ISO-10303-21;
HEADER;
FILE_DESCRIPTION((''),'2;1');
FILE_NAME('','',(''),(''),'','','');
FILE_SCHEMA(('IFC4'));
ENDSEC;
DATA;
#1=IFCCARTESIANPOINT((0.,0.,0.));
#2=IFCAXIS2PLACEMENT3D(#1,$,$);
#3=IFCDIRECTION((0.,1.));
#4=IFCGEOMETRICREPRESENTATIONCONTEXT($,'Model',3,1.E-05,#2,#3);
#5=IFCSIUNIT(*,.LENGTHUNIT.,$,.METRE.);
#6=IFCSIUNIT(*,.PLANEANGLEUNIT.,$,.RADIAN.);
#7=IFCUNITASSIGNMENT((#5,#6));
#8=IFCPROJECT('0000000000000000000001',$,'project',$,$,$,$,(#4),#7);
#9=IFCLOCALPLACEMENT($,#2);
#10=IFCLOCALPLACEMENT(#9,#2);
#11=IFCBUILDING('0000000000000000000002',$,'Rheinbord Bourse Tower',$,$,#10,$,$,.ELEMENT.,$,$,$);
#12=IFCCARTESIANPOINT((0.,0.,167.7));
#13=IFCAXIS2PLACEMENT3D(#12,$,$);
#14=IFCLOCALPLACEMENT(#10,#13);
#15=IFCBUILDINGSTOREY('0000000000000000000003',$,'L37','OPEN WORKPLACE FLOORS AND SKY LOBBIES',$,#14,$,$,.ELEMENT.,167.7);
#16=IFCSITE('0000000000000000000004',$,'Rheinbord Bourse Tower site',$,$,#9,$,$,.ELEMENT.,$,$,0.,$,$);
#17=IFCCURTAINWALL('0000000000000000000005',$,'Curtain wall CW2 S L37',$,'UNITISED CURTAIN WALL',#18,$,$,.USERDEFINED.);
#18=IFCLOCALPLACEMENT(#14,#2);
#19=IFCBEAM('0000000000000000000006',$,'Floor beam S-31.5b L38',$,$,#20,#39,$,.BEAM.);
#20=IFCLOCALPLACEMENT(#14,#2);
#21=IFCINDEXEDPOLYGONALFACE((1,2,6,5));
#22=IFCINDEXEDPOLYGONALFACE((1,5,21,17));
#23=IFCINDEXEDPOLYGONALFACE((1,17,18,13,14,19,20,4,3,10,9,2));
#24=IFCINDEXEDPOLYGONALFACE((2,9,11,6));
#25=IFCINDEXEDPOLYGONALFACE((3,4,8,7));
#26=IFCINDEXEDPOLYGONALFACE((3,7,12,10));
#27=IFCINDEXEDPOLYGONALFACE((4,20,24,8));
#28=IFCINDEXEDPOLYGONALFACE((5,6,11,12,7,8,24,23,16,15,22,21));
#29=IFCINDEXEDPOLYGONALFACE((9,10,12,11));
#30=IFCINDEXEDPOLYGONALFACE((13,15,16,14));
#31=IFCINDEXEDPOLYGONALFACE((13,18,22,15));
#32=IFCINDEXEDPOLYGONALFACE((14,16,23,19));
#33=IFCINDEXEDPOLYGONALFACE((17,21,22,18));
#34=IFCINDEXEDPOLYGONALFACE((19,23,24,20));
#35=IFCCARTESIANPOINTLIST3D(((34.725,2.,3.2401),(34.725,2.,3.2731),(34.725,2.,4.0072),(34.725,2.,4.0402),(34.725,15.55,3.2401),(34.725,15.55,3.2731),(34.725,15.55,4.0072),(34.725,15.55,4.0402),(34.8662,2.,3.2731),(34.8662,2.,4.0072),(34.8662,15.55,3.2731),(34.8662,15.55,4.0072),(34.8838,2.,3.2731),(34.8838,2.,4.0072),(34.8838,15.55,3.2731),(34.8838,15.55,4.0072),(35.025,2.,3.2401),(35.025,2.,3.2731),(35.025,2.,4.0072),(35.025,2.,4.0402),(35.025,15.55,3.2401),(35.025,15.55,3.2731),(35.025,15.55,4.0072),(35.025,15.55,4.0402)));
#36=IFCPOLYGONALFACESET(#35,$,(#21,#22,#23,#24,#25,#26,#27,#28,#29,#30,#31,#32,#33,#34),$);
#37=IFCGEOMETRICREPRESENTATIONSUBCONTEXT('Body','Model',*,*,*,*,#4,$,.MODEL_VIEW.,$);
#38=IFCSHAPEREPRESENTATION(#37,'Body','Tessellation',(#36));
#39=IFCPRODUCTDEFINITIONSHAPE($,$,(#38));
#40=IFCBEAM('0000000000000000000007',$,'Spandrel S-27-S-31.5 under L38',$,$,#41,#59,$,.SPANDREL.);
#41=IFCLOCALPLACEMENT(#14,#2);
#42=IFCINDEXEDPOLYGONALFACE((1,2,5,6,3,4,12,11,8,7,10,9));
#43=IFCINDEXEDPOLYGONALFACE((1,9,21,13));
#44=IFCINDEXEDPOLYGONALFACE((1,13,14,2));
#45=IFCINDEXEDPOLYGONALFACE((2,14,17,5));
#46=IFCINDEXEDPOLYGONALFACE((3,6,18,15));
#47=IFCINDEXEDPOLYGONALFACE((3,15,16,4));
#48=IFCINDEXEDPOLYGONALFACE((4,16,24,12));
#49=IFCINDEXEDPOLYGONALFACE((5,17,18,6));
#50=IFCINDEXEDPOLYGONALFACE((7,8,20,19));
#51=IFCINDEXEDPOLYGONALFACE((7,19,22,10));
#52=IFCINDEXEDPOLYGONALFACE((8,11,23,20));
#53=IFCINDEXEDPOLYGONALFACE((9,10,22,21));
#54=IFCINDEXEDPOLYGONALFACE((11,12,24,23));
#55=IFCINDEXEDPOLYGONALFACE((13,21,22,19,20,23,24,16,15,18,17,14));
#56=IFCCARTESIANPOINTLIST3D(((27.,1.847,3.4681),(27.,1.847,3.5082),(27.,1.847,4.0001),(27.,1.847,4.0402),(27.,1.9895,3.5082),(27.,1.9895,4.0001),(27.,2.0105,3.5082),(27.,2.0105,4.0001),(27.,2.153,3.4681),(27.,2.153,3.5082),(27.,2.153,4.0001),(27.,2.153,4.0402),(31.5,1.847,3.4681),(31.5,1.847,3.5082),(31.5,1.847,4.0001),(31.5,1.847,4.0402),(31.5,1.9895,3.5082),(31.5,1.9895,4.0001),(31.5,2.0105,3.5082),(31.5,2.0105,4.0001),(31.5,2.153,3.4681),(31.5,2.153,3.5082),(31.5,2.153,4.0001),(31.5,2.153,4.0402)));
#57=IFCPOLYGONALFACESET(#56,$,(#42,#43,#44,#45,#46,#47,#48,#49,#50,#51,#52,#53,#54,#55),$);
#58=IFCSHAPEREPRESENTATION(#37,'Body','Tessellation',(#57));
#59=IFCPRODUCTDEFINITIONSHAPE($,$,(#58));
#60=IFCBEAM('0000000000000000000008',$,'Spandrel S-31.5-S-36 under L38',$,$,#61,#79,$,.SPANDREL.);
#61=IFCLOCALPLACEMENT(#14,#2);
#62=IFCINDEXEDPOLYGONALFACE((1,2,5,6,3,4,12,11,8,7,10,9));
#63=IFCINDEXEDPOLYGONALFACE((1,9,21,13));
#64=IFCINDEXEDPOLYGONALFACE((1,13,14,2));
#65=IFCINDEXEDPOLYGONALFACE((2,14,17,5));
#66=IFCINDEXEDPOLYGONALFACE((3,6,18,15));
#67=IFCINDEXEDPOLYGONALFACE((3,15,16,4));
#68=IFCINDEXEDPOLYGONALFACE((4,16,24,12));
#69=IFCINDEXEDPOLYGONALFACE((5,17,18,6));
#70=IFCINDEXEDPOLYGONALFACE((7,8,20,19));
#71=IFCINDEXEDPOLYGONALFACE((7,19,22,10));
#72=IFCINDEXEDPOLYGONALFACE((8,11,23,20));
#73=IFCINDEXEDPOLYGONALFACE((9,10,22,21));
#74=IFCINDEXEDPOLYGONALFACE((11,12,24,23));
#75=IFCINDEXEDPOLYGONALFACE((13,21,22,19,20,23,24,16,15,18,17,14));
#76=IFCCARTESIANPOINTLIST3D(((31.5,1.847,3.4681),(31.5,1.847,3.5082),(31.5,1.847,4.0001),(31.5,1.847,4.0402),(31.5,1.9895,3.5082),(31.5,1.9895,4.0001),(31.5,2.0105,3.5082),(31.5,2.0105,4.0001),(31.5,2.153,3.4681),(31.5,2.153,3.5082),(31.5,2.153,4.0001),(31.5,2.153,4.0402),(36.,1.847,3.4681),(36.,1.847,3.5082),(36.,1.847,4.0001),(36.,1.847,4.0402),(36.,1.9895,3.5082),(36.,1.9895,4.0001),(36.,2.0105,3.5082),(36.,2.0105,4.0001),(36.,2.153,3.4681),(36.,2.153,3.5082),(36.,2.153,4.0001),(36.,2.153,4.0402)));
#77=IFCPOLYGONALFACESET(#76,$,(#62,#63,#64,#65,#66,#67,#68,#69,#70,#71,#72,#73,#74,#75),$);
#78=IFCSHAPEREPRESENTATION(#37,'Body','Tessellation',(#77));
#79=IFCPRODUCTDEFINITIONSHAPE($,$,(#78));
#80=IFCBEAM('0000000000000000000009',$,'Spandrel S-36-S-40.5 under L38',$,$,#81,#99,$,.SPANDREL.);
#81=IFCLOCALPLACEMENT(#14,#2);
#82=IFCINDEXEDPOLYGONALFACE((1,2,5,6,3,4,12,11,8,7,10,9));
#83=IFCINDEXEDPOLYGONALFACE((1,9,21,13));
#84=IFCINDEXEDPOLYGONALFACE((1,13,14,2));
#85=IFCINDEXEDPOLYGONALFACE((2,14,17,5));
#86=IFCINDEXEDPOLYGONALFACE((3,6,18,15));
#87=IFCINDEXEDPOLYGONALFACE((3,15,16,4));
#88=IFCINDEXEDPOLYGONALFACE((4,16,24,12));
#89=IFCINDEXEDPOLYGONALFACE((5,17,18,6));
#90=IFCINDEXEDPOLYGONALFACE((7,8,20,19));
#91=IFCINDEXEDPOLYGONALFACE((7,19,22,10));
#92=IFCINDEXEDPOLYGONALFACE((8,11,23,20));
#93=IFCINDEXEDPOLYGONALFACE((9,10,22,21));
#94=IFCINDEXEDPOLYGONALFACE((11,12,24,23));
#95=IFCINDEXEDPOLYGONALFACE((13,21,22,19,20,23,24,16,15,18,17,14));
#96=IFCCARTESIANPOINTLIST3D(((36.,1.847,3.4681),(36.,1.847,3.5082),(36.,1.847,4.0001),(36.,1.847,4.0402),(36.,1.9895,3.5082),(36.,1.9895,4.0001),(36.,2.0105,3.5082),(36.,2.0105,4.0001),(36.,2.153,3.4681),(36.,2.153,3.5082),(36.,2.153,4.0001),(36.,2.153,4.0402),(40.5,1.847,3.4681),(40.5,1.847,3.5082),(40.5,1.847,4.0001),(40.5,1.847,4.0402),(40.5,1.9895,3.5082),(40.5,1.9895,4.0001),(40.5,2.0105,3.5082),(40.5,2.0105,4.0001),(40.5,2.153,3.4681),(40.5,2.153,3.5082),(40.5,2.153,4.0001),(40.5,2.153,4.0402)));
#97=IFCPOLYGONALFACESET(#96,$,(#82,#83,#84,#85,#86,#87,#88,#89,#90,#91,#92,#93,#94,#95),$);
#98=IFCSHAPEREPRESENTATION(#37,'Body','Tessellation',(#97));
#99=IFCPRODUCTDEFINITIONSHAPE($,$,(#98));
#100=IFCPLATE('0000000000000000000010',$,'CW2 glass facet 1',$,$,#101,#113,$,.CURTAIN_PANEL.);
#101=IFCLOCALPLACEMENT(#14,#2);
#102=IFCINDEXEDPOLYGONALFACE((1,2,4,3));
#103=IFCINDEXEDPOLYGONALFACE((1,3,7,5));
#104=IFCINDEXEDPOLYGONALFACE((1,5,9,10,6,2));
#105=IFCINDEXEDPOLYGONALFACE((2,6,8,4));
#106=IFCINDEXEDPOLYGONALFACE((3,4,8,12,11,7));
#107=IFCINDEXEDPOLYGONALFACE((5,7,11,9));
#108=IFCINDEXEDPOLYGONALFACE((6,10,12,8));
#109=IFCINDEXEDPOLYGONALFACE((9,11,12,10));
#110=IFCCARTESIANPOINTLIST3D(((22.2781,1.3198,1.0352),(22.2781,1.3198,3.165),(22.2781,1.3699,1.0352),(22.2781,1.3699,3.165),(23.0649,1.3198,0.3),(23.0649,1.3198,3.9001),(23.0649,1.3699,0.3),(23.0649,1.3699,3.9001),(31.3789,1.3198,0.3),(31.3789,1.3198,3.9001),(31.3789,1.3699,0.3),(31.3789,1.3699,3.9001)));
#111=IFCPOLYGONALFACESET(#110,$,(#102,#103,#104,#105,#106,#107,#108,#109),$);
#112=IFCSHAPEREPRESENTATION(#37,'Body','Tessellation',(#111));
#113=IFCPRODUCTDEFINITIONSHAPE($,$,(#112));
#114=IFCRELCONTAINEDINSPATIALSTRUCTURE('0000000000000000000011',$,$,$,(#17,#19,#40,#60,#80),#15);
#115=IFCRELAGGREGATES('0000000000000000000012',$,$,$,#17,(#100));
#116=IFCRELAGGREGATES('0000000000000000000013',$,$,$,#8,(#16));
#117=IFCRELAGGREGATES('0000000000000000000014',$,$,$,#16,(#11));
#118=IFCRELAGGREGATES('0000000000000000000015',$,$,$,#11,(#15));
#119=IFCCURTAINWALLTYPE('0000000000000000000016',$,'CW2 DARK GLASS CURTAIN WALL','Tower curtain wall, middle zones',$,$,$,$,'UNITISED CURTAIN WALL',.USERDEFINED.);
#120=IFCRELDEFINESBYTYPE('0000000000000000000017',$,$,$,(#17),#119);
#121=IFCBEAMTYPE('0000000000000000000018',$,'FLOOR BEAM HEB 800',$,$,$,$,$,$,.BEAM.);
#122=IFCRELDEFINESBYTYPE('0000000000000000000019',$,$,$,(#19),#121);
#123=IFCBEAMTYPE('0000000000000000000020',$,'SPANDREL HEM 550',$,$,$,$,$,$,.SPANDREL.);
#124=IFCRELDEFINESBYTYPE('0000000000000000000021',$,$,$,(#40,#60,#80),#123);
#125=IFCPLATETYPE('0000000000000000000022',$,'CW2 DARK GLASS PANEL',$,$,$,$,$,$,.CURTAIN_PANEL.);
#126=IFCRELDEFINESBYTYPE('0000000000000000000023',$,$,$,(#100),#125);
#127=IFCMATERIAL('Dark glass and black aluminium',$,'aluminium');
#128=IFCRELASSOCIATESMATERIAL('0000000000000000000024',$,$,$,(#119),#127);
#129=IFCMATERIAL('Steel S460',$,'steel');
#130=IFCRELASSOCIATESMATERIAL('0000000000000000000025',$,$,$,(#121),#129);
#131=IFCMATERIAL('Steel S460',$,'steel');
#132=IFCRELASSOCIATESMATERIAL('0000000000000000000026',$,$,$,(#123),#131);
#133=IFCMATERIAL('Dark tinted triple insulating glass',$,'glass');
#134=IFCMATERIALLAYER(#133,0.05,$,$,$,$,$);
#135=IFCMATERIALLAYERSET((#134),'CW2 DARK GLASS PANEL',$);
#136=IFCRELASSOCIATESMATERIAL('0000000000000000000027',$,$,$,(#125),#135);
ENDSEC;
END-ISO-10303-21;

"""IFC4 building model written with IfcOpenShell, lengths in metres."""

from ifc_helpers import new_model, si_unit, direction, frame, origin, origin_2d, place, context, subcontext, project, spatial, polyline, i_section, outline, extrude, material, layer, layer_set, material_profile, profile_set, type_object, element, aggregate, save


model = new_model("IFC4")

# Units and contexts
model_context = context("Model", 3, precision=1e-05, world=origin(), true_north=direction((0.0, 1.0)))
body_context = subcontext(model_context, "Body", "Model", "MODEL_VIEW")
ifc_project = project(units=[si_unit("LENGTHUNIT", "METRE"), si_unit("PLANEANGLEUNIT", "RADIAN")], contexts=[model_context])

# Site, building, storey
site_placement = place(None, origin())
site = spatial("IfcSite", under=ifc_project, at=site_placement, Name="Rheinbord Bourse Tower site", CompositionType="ELEMENT", RefElevation=0.0)
building_placement = place(site_placement, origin())
building = spatial("IfcBuilding", under=site, at=building_placement, Name="Rheinbord Bourse Tower", CompositionType="ELEMENT")
storey_placement = place(building_placement, frame((0.0, 0.0, 167.7)))
storey = spatial("IfcBuildingStorey", under=building, at=storey_placement, Name="L37", Description="OPEN WORKPLACE FLOORS AND SKY LOBBIES", CompositionType="ELEMENT", Elevation=167.7)

# Curtain wall
ifc_material_1 = material(Name="Dark glass and black aluminium", Category="aluminium")
curtain_wall_type = type_object("IfcCurtainWallType", Name="CW2 DARK GLASS CURTAIN WALL", Description="Tower curtain wall, middle zones", ElementType="UNITISED CURTAIN WALL", PredefinedType="USERDEFINED", material=ifc_material_1)
curtain_wall_placement = place(storey_placement, origin())
curtain_wall = element("IfcCurtainWall", 1, at=curtain_wall_placement, inside=storey, type_object=curtain_wall_type, Name="Curtain wall CW2 S L37", ObjectType="UNITISED CURTAIN WALL", PredefinedType="USERDEFINED")

# Beams
ifc_material_2 = material(Name="Steel S460", Category="steel")
ifc_material_profile_1 = material_profile(ifc_material_2, i_section(OverallWidth=0.3, OverallDepth=0.8, WebThickness=0.0176, FlangeThickness=0.033, at=origin_2d()), Name="HEB 800")
ifc_profile_set_1 = profile_set([ifc_material_profile_1], Name="Steel S460")
beam_type_1 = type_object("IfcBeamType", Name="FLOOR BEAM HEB 800", PredefinedType="BEAM", material=ifc_profile_set_1)
for number, where, z_axis, x_axis, name in (
    (2, (34.875, 2.0, 3.6401), (0.0, 1.0, 0.0), (-1.0, 0.0, 0.0), "Floor beam S-31.5b L38"),
):
    element("IfcBeam", number, at=place(storey_placement, frame(where, z_axis=z_axis, x_axis=x_axis)), inside=storey, type_object=beam_type_1, Name=name, PredefinedType="BEAM", context=body_context, shape_type="SweptSolid", body=[
        extrude(i_section(OverallWidth=0.3, OverallDepth=0.8, WebThickness=0.0176, FlangeThickness=0.033, at=origin_2d()), origin(), (0.0, 0.0, 1.0), 13.55),
    ])
ifc_material_3 = material(Name="Steel S460", Category="steel")
ifc_material_profile_2 = material_profile(ifc_material_3, i_section(OverallWidth=0.3059, OverallDepth=0.572, WebThickness=0.021, FlangeThickness=0.04, at=origin_2d()), Name="HEM 550")
ifc_profile_set_2 = profile_set([ifc_material_profile_2], Name="Steel S460")
beam_type_2 = type_object("IfcBeamType", Name="SPANDREL HEM 550", PredefinedType="SPANDREL", material=ifc_profile_set_2)
for number, where, z_axis, x_axis, name in (
    (3, (27.0, 2.0, 3.7542), (1.0, 0.0, 0.0), (0.0, 1.0, 0.0), "Spandrel S-27-S-31.5 under L38"),
    (4, (31.5, 2.0, 3.7542), (1.0, 0.0, 0.0), (0.0, 1.0, 0.0), "Spandrel S-31.5-S-36 under L38"),
    (5, (36.0, 2.0, 3.7542), (1.0, 0.0, 0.0), (0.0, 1.0, 0.0), "Spandrel S-36-S-40.5 under L38"),
):
    element("IfcBeam", number, at=place(storey_placement, frame(where, z_axis=z_axis, x_axis=x_axis)), inside=storey, type_object=beam_type_2, Name=name, PredefinedType="SPANDREL", context=body_context, shape_type="SweptSolid", body=[
        extrude(i_section(OverallWidth=0.3059, OverallDepth=0.572, WebThickness=0.021, FlangeThickness=0.04, at=origin_2d()), origin(), (0.0, 0.0, 1.0), 4.5),
    ])

# Plate
ifc_material_4 = material(Name="Dark tinted triple insulating glass", Category="glass")
ifc_layer = layer(ifc_material_4, 0.05)
ifc_layer_set = layer_set([ifc_layer], Name="CW2 DARK GLASS PANEL")
plate_type = type_object("IfcPlateType", Name="CW2 DARK GLASS PANEL", PredefinedType="CURTAIN_PANEL", material=ifc_layer_set)
plate_placement = place(storey_placement, frame((31.3789, 1.3198, 3.9001), z_axis=(0.0, 1.0, 0.0), x_axis=(0.0, 0.0, -1.0)))
plate = element("IfcPlate", 6, at=plate_placement, type_object=plate_type, Name="CW2 glass facet 1", PredefinedType="CURTAIN_PANEL", context=body_context, shape_type="SweptSolid", body=[
    extrude(outline(polyline([(0.0, 0.0), (3.6001, 0.0), (3.6001, 8.314), (2.865, 9.1008), (0.7351, 9.1008), (0.0, 8.314), (0.0, 0.0)])), origin(), (0.0, 0.0, 1.0), 0.05),
])
aggregate(curtain_wall, [plate])

save(model, "model.ifc")
